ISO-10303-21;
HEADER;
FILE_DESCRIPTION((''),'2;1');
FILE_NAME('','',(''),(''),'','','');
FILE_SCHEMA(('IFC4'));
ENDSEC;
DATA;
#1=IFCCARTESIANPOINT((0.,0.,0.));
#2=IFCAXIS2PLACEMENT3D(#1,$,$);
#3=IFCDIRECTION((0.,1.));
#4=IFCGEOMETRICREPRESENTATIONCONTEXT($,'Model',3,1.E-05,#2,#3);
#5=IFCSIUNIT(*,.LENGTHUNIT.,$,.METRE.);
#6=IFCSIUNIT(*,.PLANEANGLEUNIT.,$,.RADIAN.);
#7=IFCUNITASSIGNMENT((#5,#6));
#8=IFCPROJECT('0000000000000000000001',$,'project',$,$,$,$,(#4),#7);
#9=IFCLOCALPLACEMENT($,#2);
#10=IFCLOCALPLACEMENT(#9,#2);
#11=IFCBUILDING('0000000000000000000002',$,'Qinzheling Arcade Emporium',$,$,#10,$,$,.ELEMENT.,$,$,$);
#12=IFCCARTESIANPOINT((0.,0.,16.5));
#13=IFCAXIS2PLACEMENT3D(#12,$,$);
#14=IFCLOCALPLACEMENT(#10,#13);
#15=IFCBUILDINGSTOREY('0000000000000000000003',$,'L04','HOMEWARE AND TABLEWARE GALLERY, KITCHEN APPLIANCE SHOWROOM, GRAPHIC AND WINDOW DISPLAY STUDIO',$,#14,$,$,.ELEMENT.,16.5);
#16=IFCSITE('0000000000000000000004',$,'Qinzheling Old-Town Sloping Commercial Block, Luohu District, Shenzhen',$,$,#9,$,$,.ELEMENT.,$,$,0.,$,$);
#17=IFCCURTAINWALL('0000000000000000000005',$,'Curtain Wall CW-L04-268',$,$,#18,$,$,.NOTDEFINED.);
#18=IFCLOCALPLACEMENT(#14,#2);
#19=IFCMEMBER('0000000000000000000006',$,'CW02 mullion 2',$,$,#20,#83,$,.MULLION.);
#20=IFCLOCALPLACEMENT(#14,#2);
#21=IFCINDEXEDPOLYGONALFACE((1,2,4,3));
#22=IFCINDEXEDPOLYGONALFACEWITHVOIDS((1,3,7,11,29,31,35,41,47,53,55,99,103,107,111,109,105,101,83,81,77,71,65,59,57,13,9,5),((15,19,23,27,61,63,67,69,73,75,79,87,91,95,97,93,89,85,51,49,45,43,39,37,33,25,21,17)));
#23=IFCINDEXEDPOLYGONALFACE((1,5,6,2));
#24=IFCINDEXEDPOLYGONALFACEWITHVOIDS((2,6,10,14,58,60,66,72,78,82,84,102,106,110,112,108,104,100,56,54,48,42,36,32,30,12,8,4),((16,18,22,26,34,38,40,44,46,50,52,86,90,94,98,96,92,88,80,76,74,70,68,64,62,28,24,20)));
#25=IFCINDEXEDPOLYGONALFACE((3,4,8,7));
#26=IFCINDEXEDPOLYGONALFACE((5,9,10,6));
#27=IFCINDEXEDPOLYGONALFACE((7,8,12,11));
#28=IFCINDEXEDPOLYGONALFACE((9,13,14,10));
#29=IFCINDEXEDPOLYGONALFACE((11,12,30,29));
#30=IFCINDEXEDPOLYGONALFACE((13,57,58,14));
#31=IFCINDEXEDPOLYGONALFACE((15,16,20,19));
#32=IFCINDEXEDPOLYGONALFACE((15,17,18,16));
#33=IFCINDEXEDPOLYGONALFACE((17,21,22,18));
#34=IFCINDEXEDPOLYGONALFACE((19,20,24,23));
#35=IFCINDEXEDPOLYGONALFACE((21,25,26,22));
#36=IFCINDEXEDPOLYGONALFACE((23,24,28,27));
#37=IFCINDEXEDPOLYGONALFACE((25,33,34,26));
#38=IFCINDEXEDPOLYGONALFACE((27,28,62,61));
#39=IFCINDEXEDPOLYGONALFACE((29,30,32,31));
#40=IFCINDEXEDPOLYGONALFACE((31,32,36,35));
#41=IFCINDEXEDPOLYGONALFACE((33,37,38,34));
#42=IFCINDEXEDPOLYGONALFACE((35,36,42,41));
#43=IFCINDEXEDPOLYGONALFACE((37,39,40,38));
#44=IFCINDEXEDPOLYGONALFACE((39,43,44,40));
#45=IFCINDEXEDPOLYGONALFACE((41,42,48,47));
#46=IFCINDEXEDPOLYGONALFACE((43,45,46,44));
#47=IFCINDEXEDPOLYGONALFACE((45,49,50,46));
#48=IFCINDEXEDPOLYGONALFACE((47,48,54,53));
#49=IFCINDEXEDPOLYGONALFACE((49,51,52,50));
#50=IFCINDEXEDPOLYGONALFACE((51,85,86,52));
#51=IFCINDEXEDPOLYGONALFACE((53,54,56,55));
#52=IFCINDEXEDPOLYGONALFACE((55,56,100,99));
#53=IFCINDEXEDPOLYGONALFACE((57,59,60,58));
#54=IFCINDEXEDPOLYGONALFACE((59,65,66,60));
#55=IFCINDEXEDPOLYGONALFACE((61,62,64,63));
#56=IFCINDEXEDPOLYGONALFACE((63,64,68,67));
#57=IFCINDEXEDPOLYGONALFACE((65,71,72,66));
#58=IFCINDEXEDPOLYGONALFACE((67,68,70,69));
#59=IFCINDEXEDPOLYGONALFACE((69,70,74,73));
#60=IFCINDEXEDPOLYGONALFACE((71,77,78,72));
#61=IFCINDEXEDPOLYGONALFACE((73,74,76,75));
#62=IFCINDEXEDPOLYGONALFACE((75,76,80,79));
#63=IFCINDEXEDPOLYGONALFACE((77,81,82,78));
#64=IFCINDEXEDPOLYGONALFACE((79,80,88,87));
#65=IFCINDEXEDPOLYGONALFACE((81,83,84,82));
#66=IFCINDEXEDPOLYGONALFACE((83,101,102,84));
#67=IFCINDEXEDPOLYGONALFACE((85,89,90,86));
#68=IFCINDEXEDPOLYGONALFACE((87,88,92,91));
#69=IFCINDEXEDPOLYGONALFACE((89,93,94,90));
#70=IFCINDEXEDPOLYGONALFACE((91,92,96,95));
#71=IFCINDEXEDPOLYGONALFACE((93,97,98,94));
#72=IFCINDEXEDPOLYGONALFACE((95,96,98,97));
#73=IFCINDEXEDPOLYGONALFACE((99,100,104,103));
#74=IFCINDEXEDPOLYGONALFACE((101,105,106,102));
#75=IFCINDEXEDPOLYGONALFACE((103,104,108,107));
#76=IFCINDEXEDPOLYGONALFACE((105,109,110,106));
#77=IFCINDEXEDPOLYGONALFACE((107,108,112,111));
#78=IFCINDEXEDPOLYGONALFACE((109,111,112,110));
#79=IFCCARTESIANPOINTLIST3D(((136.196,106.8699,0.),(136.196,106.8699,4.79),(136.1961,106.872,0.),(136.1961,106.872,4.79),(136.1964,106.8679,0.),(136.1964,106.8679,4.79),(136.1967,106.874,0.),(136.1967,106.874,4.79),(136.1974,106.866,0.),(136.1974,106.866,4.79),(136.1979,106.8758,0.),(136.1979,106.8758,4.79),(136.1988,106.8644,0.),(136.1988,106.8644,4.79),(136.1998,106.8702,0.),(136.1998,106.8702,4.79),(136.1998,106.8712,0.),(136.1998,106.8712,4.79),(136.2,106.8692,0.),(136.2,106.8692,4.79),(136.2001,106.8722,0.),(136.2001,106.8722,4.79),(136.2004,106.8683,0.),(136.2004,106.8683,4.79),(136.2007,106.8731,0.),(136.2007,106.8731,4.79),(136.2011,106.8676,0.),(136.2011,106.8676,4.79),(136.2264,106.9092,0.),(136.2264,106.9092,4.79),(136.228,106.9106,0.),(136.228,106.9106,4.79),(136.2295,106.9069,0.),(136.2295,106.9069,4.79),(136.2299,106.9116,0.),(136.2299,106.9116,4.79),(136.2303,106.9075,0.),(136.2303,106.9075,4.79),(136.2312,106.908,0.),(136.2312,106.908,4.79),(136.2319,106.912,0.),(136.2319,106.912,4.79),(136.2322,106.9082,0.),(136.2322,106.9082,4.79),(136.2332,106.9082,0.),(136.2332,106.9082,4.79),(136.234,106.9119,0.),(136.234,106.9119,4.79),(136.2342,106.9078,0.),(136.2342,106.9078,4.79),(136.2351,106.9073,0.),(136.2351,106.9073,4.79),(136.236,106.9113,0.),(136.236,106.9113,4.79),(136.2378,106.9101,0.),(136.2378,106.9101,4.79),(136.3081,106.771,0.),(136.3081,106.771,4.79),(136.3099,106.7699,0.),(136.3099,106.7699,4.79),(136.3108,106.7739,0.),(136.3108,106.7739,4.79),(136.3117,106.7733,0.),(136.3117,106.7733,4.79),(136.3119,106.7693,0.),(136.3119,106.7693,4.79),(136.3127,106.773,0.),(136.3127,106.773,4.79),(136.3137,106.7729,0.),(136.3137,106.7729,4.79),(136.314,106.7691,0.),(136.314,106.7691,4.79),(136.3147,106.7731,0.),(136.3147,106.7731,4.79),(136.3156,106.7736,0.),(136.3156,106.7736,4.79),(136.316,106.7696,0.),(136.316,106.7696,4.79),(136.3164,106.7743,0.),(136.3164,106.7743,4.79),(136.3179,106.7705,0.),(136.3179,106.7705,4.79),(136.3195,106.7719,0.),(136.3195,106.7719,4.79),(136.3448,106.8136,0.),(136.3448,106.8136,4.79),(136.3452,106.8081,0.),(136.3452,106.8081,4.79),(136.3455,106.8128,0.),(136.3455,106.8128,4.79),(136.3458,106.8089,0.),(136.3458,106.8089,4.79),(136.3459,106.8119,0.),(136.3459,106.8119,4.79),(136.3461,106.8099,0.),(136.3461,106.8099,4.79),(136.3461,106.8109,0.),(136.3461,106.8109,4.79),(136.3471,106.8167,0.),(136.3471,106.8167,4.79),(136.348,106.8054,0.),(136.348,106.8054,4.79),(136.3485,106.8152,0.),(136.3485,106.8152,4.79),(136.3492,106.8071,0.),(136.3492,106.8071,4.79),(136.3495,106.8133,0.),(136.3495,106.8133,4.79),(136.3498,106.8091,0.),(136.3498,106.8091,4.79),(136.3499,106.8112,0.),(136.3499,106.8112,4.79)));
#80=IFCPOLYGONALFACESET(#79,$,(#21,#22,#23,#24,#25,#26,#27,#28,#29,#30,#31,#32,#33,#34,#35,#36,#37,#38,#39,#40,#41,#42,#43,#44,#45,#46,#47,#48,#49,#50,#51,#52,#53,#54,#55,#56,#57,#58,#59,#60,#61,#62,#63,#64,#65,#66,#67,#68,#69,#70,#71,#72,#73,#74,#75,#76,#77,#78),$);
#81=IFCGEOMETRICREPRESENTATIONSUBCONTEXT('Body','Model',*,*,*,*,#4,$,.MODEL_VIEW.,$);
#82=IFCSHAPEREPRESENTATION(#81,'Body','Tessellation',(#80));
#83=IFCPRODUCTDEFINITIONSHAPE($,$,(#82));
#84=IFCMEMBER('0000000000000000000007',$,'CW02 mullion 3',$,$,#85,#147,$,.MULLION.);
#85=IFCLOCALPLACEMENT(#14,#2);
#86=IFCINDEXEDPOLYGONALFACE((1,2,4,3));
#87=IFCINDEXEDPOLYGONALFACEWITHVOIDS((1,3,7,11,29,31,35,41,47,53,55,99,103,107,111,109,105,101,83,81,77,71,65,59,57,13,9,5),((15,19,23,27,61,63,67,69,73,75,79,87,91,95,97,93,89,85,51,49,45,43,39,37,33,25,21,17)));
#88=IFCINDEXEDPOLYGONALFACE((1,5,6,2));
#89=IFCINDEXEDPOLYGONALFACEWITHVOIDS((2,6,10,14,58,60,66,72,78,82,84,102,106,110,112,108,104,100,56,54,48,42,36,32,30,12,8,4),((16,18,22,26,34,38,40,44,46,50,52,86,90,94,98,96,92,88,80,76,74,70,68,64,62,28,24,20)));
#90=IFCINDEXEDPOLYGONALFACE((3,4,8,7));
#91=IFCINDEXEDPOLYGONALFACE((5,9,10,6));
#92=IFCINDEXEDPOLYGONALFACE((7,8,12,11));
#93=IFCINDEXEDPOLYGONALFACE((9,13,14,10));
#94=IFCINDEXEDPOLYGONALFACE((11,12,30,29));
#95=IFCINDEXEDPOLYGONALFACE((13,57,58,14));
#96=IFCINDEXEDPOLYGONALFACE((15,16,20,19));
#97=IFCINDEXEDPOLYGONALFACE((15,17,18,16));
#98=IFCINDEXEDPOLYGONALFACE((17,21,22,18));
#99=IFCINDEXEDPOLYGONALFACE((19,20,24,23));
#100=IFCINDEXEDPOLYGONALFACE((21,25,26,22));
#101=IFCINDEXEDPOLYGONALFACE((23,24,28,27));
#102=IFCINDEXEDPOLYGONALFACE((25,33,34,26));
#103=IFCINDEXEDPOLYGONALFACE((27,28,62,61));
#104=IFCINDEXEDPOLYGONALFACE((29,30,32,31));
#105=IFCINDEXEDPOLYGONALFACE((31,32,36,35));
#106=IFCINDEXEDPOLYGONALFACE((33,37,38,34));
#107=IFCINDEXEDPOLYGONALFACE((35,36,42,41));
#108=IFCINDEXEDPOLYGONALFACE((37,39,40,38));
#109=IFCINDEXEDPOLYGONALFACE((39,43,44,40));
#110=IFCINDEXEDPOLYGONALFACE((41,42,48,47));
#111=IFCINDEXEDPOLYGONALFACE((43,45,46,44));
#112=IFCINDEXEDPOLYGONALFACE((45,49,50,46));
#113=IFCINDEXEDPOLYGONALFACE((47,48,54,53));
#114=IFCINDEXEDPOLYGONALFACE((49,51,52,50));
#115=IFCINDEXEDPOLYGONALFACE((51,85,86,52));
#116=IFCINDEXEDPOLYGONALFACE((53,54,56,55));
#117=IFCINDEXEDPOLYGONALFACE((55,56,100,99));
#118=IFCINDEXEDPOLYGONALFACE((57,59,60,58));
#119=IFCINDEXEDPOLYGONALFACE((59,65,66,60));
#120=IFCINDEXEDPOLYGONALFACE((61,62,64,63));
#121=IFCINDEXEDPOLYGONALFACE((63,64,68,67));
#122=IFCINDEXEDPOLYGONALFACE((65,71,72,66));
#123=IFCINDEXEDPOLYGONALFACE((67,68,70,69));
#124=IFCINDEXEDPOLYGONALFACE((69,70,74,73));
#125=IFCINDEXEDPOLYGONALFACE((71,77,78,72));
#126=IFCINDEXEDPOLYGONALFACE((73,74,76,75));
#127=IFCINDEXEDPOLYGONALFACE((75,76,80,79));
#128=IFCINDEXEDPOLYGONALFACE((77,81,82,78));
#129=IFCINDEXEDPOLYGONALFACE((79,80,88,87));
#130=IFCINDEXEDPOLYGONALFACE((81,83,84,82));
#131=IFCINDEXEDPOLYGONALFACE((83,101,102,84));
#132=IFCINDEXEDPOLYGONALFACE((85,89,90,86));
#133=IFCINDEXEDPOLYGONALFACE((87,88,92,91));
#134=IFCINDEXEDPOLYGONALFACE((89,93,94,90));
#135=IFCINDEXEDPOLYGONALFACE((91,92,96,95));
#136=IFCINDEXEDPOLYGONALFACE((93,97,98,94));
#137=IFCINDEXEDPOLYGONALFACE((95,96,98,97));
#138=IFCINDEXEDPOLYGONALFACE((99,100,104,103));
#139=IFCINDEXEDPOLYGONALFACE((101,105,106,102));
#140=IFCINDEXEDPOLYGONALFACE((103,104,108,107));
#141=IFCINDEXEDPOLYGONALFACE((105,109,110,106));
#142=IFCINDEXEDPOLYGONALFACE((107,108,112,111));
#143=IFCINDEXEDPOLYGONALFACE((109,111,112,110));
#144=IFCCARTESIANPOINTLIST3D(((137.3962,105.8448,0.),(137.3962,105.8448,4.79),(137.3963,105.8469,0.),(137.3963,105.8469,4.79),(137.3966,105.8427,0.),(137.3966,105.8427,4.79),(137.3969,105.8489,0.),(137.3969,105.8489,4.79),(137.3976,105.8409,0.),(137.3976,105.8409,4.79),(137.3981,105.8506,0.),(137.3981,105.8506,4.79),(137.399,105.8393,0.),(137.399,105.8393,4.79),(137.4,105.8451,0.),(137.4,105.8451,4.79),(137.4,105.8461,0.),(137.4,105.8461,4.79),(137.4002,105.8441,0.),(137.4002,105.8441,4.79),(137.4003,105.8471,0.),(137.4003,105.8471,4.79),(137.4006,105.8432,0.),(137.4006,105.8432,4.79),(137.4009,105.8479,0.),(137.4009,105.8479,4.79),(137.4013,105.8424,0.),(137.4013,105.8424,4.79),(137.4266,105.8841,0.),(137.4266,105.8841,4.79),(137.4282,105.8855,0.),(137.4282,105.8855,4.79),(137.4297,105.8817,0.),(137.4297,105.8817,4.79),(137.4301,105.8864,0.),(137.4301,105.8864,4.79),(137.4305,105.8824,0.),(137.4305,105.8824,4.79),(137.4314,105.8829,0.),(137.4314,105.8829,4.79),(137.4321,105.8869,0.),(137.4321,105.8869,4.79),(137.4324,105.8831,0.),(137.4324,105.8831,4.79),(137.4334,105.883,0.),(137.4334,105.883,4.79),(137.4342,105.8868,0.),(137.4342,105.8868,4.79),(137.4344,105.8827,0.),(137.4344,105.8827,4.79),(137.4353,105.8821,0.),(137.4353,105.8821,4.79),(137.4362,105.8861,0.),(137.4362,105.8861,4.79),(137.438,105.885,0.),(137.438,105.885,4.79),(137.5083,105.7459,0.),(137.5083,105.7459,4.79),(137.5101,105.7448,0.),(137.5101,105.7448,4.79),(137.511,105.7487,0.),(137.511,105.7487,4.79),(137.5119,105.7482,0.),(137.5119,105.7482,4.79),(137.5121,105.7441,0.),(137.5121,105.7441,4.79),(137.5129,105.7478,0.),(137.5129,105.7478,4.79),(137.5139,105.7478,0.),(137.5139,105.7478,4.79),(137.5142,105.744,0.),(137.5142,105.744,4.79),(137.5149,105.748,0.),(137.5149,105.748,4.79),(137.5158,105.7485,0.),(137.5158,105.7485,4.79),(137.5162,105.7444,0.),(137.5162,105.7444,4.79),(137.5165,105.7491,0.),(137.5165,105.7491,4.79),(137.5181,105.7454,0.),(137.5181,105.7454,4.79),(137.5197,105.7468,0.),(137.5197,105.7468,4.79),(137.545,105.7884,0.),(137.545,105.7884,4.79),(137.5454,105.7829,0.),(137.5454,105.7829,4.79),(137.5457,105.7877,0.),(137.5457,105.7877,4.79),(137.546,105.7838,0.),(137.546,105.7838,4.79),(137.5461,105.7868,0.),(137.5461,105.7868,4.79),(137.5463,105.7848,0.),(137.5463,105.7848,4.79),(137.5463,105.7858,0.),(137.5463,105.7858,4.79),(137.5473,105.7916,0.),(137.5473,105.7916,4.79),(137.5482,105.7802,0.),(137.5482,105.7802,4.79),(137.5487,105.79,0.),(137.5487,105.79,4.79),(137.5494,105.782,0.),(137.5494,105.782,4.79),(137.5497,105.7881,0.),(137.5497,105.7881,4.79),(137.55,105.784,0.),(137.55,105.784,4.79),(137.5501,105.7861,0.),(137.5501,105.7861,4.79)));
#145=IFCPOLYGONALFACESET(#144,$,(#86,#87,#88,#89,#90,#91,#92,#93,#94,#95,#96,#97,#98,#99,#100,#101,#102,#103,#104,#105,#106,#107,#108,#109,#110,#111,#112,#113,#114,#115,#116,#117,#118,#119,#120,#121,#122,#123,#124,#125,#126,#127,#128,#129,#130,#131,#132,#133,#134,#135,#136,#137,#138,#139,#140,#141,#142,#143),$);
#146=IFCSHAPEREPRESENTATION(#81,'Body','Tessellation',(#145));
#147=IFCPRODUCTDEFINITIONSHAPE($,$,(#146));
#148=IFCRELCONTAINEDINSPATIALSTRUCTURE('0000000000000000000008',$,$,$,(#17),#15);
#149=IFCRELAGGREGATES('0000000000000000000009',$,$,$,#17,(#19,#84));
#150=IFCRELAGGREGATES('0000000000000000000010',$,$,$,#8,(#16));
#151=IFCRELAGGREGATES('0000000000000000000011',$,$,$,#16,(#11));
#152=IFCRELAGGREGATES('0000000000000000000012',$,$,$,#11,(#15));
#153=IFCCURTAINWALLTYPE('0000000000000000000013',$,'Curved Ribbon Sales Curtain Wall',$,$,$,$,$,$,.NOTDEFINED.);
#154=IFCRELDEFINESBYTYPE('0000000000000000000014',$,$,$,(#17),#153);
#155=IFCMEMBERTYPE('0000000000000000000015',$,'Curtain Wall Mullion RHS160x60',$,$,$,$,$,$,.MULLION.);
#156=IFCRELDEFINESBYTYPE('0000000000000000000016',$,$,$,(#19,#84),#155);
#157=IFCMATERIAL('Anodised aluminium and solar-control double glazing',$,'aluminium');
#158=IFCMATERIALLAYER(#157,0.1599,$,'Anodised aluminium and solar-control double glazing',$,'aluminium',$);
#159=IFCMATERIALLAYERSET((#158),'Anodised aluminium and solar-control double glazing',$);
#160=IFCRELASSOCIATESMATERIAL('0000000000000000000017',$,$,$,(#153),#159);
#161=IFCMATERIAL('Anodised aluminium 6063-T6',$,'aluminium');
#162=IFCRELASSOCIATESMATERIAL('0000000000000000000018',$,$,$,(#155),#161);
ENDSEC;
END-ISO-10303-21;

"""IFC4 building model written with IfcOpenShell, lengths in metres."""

from ifc_helpers import new_model, si_unit, direction, frame, origin, origin_2d, place, context, subcontext, project, spatial, hollow_rectangle, extrude, material, layer, layer_set, material_profile, profile_set, type_object, element, aggregate, save


model = new_model("IFC4")

# Units and contexts
model_context = context("Model", 3, precision=1e-05, world=origin(), true_north=direction((0.0, 1.0)))
body_context = subcontext(model_context, "Body", "Model", "MODEL_VIEW")
ifc_project = project(units=[si_unit("LENGTHUNIT", "METRE"), si_unit("PLANEANGLEUNIT", "RADIAN")], contexts=[model_context])

# Site, building, storey
site_placement = place(None, origin())
site = spatial("IfcSite", under=ifc_project, at=site_placement, Name="Qinzheling Old-Town Sloping Commercial Block, Luohu District, Shenzhen", CompositionType="ELEMENT", RefElevation=0.0)
building_placement = place(site_placement, origin())
building = spatial("IfcBuilding", under=site, at=building_placement, Name="Qinzheling Arcade Emporium", CompositionType="ELEMENT")
storey_placement = place(building_placement, frame((0.0, 0.0, 16.5)))
storey = spatial("IfcBuildingStorey", under=building, at=storey_placement, Name="L04", Description="HOMEWARE AND TABLEWARE GALLERY, KITCHEN APPLIANCE SHOWROOM, GRAPHIC AND WINDOW DISPLAY STUDIO", CompositionType="ELEMENT", Elevation=16.5)

# Curtain wall, members
ifc_material_1 = material(Name="Anodised aluminium and solar-control double glazing", Category="aluminium")
ifc_layer_1 = layer(ifc_material_1, 0.1599, Name="Anodised aluminium and solar-control double glazing", Category="aluminium")
ifc_layer_set_1 = layer_set([ifc_layer_1], Name="Anodised aluminium and solar-control double glazing")
curtain_wall_type = type_object("IfcCurtainWallType", Name="Curved Ribbon Sales Curtain Wall", PredefinedType="NOTDEFINED", material=ifc_layer_set_1)
curtain_wall_1_placement = place(storey_placement, origin())
curtain_wall_1 = element("IfcCurtainWall", 1, at=curtain_wall_1_placement, inside=storey, type_object=curtain_wall_type, Name="Curtain Wall CW-L04-268", PredefinedType="NOTDEFINED")
ifc_material_2 = material(Name="Anodised aluminium 6063-T6", Category="aluminium")
ifc_material_profile_1 = material_profile(ifc_material_2, hollow_rectangle(XDim=0.0601, YDim=0.1599, WallThickness=0.0039, InnerFilletRadius=0.0039, OuterFilletRadius=0.0081, at=origin_2d()), Name="RHS 160x60x4", Category="aluminium")
ifc_profile_set_1 = profile_set([ifc_material_profile_1], Name="Anodised aluminium 6063-T6")
member_type_1 = type_object("IfcMemberType", Name="Curtain Wall Mullion RHS160x60", PredefinedType="MULLION", material=ifc_profile_set_1)
member_1_placement = place(storey_placement, frame((136.2729, 106.8406, 0.0), z_axis=(0.0, 0.0, 1.0), x_axis=(0.649433, 0.760418, 0.0)))
member_1 = element("IfcMember", 2, at=member_1_placement, type_object=member_type_1, Name="CW02 mullion 2", PredefinedType="MULLION", context=body_context, shape_type="SweptSolid", body=[
    extrude(hollow_rectangle(XDim=0.0601, YDim=0.1599, WallThickness=0.0039, InnerFilletRadius=0.0039, OuterFilletRadius=0.0081, at=origin_2d()), origin(), (0.0, 0.0, 1.0), 4.79),
])
member_2_placement = place(storey_placement, frame((137.4731, 105.8154, 0.0), z_axis=(0.0, 0.0, 1.0), x_axis=(0.649433, 0.760418, 0.0)))
member_2 = element("IfcMember", 3, at=member_2_placement, type_object=member_type_1, Name="CW02 mullion 3", PredefinedType="MULLION", context=body_context, shape_type="SweptSolid", body=[
    extrude(hollow_rectangle(XDim=0.0601, YDim=0.1599, WallThickness=0.0039, InnerFilletRadius=0.0039, OuterFilletRadius=0.0081, at=origin_2d()), origin(), (0.0, 0.0, 1.0), 4.79),
])

aggregate(curtain_wall_1, [member_1, member_2])

save(model, "model.ifc")
